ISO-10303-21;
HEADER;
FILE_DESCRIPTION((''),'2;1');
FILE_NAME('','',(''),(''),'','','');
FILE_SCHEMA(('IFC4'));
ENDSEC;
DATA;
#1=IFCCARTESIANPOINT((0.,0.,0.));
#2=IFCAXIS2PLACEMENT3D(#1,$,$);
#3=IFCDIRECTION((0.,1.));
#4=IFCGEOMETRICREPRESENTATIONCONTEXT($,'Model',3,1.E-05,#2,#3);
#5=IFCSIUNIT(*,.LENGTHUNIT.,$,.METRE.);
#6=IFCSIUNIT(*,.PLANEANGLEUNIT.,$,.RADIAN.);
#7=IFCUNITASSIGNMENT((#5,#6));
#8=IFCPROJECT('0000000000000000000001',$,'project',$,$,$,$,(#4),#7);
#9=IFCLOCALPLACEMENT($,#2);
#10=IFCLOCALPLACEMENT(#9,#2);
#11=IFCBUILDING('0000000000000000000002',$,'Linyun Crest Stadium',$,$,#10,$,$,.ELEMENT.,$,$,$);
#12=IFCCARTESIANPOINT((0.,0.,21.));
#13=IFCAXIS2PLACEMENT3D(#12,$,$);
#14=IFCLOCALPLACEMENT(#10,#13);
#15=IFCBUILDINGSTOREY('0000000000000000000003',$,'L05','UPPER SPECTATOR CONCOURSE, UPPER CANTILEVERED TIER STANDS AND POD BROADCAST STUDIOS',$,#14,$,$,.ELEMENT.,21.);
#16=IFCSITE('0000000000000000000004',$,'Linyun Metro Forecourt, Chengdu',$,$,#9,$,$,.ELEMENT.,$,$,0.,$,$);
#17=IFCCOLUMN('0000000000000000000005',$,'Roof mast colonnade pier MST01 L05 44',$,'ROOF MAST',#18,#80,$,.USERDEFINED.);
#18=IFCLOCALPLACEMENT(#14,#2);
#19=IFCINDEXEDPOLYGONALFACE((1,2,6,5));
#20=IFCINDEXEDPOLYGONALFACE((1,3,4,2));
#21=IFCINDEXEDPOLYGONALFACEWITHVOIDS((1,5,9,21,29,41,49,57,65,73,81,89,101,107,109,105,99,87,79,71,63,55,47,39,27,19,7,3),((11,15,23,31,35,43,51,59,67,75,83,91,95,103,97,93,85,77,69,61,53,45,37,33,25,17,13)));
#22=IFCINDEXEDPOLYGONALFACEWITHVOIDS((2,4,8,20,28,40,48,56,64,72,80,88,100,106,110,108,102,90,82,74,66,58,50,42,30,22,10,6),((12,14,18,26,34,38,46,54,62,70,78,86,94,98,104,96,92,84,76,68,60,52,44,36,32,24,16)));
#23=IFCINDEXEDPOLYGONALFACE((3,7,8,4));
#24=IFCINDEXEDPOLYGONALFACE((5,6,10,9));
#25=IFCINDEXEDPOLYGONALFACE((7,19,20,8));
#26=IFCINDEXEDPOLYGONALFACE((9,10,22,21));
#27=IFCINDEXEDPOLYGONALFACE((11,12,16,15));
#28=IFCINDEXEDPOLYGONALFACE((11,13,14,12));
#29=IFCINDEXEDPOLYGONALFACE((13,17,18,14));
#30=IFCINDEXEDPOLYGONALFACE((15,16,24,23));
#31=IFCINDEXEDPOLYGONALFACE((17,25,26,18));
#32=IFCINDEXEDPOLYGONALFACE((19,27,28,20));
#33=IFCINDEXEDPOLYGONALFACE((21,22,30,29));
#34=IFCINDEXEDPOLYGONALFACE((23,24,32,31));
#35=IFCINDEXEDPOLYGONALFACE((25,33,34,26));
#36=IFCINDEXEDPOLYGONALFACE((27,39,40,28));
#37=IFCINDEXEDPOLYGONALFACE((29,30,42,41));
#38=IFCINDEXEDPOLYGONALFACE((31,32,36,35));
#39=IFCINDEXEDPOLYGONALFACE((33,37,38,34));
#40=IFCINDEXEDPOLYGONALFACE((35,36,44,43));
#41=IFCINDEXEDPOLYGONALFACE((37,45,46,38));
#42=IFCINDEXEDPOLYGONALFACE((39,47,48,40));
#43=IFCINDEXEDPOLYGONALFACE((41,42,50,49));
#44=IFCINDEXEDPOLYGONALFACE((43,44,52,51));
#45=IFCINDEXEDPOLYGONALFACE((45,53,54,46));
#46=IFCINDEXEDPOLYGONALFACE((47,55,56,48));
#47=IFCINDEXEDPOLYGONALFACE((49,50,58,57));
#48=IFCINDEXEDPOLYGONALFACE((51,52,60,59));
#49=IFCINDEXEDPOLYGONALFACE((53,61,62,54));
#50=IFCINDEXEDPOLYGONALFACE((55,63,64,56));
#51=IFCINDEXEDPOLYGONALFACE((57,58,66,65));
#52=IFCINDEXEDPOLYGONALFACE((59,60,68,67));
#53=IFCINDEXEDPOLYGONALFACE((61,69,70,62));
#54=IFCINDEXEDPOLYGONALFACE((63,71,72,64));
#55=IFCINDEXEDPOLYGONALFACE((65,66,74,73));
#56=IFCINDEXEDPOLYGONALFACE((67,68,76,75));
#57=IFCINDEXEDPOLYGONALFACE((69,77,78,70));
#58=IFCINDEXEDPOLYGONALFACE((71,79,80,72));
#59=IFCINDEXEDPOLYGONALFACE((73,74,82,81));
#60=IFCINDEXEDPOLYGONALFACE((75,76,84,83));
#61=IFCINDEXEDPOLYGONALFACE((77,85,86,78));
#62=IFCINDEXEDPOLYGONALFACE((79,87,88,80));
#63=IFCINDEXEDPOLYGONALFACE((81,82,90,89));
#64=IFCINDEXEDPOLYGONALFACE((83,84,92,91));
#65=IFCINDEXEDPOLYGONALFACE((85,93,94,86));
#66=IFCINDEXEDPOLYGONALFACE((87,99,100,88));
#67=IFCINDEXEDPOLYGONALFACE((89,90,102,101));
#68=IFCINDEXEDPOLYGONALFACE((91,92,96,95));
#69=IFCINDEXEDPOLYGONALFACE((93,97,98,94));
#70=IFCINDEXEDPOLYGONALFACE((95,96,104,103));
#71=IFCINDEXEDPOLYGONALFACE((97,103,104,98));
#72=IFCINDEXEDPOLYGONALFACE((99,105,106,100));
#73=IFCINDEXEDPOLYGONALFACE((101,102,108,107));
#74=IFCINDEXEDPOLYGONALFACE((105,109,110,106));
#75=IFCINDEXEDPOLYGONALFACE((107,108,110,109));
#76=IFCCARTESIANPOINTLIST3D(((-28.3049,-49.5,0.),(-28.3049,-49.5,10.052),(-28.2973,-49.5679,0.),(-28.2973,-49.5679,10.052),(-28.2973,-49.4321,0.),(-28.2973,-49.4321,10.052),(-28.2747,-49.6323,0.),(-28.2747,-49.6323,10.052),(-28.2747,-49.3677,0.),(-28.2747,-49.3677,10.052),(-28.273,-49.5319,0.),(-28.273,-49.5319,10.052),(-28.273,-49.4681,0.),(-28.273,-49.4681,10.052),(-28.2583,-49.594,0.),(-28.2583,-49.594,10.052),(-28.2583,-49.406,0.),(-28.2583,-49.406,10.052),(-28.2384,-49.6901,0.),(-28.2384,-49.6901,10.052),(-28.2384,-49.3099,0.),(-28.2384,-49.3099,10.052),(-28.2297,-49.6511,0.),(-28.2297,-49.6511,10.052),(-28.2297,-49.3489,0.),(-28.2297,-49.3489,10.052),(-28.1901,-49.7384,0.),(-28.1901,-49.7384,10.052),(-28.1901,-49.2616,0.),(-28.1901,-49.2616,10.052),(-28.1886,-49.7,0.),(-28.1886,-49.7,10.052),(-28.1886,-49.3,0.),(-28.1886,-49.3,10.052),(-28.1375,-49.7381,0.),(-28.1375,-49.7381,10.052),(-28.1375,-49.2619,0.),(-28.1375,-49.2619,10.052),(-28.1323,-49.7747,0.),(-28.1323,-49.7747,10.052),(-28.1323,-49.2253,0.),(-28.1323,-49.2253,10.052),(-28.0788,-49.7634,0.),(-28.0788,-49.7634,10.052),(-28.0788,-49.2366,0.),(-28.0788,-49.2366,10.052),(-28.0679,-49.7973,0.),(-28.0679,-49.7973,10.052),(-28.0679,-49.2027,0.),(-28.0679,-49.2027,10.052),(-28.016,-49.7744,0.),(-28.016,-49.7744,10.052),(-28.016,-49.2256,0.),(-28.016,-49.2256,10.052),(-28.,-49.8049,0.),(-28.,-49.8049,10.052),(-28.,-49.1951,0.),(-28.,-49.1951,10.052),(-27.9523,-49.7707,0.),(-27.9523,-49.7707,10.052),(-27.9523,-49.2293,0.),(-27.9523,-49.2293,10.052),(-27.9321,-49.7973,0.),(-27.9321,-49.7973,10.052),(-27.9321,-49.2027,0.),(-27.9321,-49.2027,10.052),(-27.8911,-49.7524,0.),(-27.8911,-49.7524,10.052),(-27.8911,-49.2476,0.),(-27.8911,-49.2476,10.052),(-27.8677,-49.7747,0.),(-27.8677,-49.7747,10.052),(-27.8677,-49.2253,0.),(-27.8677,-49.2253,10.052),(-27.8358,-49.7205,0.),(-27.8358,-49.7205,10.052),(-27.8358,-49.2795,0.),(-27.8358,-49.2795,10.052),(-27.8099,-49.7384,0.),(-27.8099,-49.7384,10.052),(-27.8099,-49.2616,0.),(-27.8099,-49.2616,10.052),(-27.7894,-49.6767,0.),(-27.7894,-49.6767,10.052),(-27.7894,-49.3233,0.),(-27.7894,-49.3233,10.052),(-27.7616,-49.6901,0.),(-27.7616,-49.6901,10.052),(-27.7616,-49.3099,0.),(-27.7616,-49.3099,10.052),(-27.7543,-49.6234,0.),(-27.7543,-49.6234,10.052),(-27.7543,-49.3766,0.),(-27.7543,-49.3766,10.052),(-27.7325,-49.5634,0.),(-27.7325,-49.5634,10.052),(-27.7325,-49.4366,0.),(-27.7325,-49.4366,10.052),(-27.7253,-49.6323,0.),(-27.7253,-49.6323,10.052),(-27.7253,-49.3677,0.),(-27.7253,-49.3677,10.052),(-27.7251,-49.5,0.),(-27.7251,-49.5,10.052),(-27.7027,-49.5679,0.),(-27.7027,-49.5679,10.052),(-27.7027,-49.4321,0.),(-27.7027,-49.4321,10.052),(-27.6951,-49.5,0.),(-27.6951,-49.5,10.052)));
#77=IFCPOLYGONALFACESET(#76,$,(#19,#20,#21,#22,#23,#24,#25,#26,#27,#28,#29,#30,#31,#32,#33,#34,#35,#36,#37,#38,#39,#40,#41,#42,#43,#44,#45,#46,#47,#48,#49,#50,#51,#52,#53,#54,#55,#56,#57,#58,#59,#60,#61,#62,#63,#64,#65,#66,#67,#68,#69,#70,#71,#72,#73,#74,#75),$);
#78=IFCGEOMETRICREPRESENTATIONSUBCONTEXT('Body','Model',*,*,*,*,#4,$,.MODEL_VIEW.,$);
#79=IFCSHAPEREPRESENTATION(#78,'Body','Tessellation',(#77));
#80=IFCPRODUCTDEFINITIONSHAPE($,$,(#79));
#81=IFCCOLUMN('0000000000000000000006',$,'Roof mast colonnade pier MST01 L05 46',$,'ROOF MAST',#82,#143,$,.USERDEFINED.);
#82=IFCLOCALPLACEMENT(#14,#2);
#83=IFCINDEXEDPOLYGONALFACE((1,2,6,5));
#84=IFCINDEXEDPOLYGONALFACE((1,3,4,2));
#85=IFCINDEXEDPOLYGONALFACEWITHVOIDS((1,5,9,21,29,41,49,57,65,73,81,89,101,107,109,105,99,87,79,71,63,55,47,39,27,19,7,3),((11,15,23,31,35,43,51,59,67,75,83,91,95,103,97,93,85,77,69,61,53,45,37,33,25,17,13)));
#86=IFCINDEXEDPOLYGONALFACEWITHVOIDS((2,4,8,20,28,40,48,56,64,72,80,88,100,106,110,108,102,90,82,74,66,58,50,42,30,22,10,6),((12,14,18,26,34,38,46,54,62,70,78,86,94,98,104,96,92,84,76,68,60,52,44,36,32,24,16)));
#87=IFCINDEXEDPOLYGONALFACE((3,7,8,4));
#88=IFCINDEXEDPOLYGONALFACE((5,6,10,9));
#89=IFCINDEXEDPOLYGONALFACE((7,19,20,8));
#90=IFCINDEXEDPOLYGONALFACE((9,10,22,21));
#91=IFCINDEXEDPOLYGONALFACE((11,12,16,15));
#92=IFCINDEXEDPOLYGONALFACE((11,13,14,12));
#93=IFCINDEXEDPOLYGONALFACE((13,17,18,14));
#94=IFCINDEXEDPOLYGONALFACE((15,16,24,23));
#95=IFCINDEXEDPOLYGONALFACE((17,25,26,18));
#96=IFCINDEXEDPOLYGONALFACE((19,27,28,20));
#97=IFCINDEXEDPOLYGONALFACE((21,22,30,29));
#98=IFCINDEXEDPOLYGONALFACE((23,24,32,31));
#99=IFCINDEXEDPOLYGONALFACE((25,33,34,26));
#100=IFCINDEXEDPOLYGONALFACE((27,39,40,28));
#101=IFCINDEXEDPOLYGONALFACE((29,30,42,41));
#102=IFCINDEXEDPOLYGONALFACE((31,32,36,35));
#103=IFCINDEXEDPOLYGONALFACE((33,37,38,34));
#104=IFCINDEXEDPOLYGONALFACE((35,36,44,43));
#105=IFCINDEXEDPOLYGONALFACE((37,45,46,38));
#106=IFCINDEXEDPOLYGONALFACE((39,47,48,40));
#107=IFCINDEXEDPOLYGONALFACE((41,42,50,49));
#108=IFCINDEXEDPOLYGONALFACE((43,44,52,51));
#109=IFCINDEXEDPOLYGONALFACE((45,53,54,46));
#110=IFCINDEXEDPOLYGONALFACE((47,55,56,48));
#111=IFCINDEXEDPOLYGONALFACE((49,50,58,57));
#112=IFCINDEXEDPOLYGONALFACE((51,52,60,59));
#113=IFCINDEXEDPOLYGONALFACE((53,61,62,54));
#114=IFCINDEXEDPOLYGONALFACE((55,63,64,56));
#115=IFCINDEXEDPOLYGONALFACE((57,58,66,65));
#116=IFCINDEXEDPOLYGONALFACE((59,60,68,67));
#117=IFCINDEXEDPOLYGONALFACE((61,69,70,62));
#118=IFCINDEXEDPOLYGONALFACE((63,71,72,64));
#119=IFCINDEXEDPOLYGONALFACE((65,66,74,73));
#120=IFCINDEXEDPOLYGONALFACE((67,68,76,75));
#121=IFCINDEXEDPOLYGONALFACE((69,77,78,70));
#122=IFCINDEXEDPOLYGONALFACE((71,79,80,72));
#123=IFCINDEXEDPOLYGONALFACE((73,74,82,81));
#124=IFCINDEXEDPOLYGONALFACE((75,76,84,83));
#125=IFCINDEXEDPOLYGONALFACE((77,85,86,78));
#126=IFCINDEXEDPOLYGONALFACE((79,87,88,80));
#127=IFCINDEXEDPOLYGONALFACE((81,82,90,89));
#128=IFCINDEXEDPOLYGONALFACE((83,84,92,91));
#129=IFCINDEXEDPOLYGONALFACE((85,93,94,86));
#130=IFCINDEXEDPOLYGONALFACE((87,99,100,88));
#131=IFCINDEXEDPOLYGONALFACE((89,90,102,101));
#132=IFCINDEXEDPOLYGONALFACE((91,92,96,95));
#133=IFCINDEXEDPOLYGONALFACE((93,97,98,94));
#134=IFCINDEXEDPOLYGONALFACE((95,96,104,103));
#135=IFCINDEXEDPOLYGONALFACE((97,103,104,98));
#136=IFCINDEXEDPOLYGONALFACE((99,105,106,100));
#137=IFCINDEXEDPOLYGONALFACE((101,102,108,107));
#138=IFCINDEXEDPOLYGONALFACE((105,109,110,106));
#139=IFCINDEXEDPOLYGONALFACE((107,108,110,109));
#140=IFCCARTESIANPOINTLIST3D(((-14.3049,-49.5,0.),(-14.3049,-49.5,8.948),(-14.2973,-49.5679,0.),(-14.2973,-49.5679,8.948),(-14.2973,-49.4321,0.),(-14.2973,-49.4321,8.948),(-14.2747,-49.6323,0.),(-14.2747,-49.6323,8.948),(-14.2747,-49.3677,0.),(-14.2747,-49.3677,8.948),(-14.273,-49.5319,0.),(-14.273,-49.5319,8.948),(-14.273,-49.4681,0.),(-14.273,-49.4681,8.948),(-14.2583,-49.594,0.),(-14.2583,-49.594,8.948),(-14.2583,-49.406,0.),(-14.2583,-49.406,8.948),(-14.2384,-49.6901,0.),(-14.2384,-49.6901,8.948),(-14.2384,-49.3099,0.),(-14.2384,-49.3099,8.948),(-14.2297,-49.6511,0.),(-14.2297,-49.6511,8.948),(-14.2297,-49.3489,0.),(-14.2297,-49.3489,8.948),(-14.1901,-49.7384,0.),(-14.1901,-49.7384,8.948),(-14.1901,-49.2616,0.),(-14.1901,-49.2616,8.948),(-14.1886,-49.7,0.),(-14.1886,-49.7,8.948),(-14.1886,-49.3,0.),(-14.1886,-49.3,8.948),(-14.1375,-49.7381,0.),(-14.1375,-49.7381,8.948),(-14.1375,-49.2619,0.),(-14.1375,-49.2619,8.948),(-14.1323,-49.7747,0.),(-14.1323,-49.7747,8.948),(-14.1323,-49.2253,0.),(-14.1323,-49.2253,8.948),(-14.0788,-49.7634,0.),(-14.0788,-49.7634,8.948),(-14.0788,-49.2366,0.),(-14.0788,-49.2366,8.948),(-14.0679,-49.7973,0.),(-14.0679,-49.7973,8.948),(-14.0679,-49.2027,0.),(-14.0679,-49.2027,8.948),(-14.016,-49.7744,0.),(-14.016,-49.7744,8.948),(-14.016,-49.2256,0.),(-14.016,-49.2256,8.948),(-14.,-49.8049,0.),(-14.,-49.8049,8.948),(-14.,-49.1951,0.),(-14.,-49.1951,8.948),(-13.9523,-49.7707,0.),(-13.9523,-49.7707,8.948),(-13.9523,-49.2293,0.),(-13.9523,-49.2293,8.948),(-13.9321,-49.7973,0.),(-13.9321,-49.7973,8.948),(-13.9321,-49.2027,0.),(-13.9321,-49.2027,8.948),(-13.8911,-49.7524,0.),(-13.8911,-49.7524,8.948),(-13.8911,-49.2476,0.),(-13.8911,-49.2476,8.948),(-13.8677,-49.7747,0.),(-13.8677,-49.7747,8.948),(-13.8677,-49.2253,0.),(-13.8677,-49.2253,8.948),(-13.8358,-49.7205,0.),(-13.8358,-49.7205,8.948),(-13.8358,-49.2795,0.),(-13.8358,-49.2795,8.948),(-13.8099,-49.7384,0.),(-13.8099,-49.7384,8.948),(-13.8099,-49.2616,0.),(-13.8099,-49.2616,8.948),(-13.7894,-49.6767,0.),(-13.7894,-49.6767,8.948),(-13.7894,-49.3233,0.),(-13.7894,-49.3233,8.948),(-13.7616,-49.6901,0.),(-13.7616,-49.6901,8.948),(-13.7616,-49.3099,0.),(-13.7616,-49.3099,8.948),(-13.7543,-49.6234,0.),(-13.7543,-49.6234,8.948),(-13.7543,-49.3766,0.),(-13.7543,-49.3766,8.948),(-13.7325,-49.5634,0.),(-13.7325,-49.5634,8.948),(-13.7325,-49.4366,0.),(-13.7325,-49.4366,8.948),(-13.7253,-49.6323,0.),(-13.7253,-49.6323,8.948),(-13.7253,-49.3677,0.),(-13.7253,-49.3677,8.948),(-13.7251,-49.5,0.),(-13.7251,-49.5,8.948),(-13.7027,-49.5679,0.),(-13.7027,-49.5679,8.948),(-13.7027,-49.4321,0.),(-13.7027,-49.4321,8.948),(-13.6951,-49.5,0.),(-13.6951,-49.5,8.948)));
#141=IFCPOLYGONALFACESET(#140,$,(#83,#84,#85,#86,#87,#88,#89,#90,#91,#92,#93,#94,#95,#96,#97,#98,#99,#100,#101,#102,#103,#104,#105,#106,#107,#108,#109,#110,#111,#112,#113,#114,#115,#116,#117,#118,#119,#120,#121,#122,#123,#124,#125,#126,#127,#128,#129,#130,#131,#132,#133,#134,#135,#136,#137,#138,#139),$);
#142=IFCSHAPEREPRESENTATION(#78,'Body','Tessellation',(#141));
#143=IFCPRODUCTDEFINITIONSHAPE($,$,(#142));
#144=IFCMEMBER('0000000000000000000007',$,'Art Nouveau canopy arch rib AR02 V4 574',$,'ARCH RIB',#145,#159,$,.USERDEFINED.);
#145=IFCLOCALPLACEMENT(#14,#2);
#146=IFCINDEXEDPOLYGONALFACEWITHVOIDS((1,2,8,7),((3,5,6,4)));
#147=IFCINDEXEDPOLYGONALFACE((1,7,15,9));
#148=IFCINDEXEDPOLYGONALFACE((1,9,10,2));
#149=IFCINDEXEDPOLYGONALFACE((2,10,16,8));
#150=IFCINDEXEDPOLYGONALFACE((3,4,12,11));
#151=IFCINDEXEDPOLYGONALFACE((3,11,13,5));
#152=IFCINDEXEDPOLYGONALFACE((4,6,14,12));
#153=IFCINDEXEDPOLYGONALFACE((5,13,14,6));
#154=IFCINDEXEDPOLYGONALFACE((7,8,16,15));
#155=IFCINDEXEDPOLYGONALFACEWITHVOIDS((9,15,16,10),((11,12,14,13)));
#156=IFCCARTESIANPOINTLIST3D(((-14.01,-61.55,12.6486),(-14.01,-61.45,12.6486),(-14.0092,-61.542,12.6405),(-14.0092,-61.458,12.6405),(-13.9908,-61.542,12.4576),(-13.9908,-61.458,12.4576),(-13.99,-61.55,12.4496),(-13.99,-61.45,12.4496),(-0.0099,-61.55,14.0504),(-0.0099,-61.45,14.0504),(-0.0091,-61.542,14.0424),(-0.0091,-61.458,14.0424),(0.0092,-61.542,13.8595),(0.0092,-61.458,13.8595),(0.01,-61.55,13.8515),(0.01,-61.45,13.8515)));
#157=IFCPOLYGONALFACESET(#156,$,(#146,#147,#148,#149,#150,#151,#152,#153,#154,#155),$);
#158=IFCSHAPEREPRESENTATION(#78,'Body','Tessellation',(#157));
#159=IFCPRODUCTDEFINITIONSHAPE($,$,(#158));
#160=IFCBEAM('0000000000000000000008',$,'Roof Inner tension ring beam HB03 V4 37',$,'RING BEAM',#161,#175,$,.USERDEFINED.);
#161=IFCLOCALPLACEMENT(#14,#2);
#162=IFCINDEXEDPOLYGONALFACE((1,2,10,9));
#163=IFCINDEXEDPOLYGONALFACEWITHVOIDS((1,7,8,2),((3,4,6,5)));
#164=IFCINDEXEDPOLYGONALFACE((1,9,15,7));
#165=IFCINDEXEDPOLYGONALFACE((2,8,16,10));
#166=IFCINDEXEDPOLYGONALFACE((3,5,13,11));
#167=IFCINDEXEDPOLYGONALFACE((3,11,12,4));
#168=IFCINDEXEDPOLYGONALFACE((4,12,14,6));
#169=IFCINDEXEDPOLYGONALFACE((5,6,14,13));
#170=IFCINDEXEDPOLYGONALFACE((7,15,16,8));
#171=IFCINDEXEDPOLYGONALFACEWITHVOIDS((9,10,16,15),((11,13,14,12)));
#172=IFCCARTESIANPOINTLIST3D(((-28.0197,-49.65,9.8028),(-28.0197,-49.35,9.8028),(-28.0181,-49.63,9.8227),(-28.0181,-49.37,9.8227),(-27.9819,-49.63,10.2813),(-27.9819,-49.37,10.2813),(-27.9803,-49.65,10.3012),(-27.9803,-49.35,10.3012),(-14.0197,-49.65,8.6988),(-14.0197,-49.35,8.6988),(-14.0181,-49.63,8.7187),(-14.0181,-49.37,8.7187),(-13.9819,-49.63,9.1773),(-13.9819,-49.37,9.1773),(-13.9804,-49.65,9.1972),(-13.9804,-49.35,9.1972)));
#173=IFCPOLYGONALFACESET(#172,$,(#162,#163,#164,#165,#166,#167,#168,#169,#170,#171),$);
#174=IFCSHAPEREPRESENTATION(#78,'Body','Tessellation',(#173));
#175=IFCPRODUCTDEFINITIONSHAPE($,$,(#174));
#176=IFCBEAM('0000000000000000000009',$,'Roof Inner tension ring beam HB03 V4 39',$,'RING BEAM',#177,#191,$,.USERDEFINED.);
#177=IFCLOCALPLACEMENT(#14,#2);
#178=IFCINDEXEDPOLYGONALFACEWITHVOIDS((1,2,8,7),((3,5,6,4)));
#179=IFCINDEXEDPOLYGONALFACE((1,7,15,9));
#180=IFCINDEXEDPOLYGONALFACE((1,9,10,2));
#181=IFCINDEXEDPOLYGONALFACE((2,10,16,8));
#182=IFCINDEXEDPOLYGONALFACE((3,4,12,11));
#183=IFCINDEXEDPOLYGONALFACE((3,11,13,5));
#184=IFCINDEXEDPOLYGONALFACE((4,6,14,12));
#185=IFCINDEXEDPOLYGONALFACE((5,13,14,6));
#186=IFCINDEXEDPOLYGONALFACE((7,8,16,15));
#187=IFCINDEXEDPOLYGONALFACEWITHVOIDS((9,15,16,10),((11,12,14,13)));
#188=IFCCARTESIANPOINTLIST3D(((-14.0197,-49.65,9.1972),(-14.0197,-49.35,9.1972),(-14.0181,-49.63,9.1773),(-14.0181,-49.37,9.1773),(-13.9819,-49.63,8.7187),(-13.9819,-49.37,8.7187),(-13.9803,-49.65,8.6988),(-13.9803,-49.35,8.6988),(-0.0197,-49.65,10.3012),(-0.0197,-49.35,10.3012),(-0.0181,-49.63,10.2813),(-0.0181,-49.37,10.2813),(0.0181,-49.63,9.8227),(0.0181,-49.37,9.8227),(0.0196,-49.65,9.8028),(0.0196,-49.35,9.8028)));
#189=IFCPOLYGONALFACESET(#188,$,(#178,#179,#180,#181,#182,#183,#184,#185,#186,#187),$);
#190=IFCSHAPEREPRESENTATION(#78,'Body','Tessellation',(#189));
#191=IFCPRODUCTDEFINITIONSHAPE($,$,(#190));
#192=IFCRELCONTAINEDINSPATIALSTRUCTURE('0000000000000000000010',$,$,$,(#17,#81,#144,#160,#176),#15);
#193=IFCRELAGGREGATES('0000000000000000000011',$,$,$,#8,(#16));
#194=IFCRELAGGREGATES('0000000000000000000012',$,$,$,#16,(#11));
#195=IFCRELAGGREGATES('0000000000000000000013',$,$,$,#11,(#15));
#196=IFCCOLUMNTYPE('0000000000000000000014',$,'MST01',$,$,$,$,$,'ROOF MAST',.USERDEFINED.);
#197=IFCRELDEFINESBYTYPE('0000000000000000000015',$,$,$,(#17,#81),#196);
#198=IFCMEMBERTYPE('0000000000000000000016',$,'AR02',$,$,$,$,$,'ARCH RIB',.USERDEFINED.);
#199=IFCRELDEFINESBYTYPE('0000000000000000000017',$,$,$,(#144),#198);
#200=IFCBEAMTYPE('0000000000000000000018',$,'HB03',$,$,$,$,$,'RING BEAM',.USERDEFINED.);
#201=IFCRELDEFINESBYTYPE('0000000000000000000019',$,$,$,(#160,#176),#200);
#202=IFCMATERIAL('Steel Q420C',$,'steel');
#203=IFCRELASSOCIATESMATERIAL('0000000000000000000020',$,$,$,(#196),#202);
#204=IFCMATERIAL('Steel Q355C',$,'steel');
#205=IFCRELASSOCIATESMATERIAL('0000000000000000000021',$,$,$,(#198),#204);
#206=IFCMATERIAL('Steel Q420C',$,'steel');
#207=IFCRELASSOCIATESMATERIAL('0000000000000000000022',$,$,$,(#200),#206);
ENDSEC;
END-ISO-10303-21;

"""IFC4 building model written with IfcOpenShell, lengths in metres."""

from ifc_helpers import new_model, si_unit, direction, frame, origin, origin_2d, place, context, subcontext, project, spatial, hollow_rectangle, hollow_circle, extrude, material, material_profile, profile_set, type_object, element, save


model = new_model("IFC4")

# Units and contexts
model_context = context("Model", 3, precision=1e-05, world=origin(), true_north=direction((0.0, 1.0)))
body_context = subcontext(model_context, "Body", "Model", "MODEL_VIEW")
ifc_project = project(units=[si_unit("LENGTHUNIT", "METRE"), si_unit("PLANEANGLEUNIT", "RADIAN")], contexts=[model_context])

# Site, building, storey
site_placement = place(None, origin())
site = spatial("IfcSite", under=ifc_project, at=site_placement, Name="Linyun Metro Forecourt, Chengdu", CompositionType="ELEMENT", RefElevation=0.0)
building_placement = place(site_placement, origin())
building = spatial("IfcBuilding", under=site, at=building_placement, Name="Linyun Crest Stadium", CompositionType="ELEMENT")
storey_placement = place(building_placement, frame((0.0, 0.0, 21.0)))
storey = spatial("IfcBuildingStorey", under=building, at=storey_placement, Name="L05", Description="UPPER SPECTATOR CONCOURSE, UPPER CANTILEVERED TIER STANDS AND POD BROADCAST STUDIOS", CompositionType="ELEMENT", Elevation=21.0)

# Columns
ifc_material_1 = material(Name="Steel Q420C", Category="steel")
ifc_material_profile_1 = material_profile(ifc_material_1, hollow_circle(Radius=0.3049, WallThickness=0.03, at=origin_2d()), Name="CHS 610x30")
ifc_profile_set_1 = profile_set([ifc_material_profile_1], Name="Steel Q420C")
column_type = type_object("IfcColumnType", Name="MST01", ElementType="ROOF MAST", PredefinedType="USERDEFINED", material=ifc_profile_set_1)
column_1_placement = place(storey_placement, frame((-28.0, -49.5, 0.0), z_axis=(0.0, 0.0, 1.0), x_axis=(1.0, 0.0, 0.0)))
element("IfcColumn", 1, at=column_1_placement, inside=storey, type_object=column_type, Name="Roof mast colonnade pier MST01 L05 44", ObjectType="ROOF MAST", PredefinedType="USERDEFINED", context=body_context, shape_type="SweptSolid", body=[
    extrude(hollow_circle(Radius=0.3049, WallThickness=0.03, at=origin_2d()), origin(), (0.0, 0.0, 1.0), 10.052),
])
column_2_placement = place(storey_placement, frame((-14.0, -49.5, 0.0), z_axis=(0.0, 0.0, 1.0), x_axis=(1.0, 0.0, 0.0)))
element("IfcColumn", 2, at=column_2_placement, inside=storey, type_object=column_type, Name="Roof mast colonnade pier MST01 L05 46", ObjectType="ROOF MAST", PredefinedType="USERDEFINED", context=body_context, shape_type="SweptSolid", body=[
    extrude(hollow_circle(Radius=0.3049, WallThickness=0.03, at=origin_2d()), origin(), (0.0, 0.0, 1.0), 8.948),
])

# Member
ifc_material_2 = material(Name="Steel Q355C", Category="steel")
ifc_material_profile_2 = material_profile(ifc_material_2, hollow_rectangle(XDim=0.1001, YDim=0.2, WallThickness=0.0081, at=origin_2d()), Name="RHS 200x100x8")
ifc_profile_set_2 = profile_set([ifc_material_profile_2], Name="Steel Q355C")
member_type_1 = type_object("IfcMemberType", Name="AR02", ElementType="ARCH RIB", PredefinedType="USERDEFINED", material=ifc_profile_set_2)
member_1_placement = place(storey_placement, frame((-14.0, -61.5, 12.5491), z_axis=(0.995024, 0.0, 0.099634), x_axis=(0.0, 1.0, 0.0)))
element("IfcMember", 3, at=member_1_placement, inside=storey, type_object=member_type_1, Name="Art Nouveau canopy arch rib AR02 V4 574", ObjectType="ARCH RIB", PredefinedType="USERDEFINED", context=body_context, shape_type="SweptSolid", body=[
    extrude(hollow_rectangle(XDim=0.1001, YDim=0.2, WallThickness=0.0081, at=origin_2d()), origin(), (0.0, 0.0, 1.0), 14.0701),
])

# Beams
ifc_material_3 = material(Name="Steel Q420C", Category="steel")
ifc_material_profile_3 = material_profile(ifc_material_3, hollow_rectangle(XDim=0.3, YDim=0.5, WallThickness=0.02, at=origin_2d()), Name="RHS 500x300x20")
ifc_profile_set_3 = profile_set([ifc_material_profile_3], Name="Steel Q420C")
beam_type = type_object("IfcBeamType", Name="HB03", ElementType="RING BEAM", PredefinedType="USERDEFINED", material=ifc_profile_set_3)
for number, where, z_axis, x_axis, name in (
    (4, (-28.0, -49.5, 10.052), (0.996905, 0.0, -0.078613), (0.0, 1.0, 0.0), "Roof Inner tension ring beam HB03 V4 37"),
    (5, (-14.0, -49.5, 8.948), (0.996905, 0.0, 0.078613), (0.0, 1.0, 0.0), "Roof Inner tension ring beam HB03 V4 39"),
):
    element("IfcBeam", number, at=place(storey_placement, frame(where, z_axis=z_axis, x_axis=x_axis)), inside=storey, type_object=beam_type, Name=name, ObjectType="RING BEAM", PredefinedType="USERDEFINED", context=body_context, shape_type="SweptSolid", body=[
        extrude(hollow_rectangle(XDim=0.3, YDim=0.5, WallThickness=0.02, at=origin_2d()), origin(), (0.0, 0.0, 1.0), 14.0435),
    ])

save(model, "model.ifc")
